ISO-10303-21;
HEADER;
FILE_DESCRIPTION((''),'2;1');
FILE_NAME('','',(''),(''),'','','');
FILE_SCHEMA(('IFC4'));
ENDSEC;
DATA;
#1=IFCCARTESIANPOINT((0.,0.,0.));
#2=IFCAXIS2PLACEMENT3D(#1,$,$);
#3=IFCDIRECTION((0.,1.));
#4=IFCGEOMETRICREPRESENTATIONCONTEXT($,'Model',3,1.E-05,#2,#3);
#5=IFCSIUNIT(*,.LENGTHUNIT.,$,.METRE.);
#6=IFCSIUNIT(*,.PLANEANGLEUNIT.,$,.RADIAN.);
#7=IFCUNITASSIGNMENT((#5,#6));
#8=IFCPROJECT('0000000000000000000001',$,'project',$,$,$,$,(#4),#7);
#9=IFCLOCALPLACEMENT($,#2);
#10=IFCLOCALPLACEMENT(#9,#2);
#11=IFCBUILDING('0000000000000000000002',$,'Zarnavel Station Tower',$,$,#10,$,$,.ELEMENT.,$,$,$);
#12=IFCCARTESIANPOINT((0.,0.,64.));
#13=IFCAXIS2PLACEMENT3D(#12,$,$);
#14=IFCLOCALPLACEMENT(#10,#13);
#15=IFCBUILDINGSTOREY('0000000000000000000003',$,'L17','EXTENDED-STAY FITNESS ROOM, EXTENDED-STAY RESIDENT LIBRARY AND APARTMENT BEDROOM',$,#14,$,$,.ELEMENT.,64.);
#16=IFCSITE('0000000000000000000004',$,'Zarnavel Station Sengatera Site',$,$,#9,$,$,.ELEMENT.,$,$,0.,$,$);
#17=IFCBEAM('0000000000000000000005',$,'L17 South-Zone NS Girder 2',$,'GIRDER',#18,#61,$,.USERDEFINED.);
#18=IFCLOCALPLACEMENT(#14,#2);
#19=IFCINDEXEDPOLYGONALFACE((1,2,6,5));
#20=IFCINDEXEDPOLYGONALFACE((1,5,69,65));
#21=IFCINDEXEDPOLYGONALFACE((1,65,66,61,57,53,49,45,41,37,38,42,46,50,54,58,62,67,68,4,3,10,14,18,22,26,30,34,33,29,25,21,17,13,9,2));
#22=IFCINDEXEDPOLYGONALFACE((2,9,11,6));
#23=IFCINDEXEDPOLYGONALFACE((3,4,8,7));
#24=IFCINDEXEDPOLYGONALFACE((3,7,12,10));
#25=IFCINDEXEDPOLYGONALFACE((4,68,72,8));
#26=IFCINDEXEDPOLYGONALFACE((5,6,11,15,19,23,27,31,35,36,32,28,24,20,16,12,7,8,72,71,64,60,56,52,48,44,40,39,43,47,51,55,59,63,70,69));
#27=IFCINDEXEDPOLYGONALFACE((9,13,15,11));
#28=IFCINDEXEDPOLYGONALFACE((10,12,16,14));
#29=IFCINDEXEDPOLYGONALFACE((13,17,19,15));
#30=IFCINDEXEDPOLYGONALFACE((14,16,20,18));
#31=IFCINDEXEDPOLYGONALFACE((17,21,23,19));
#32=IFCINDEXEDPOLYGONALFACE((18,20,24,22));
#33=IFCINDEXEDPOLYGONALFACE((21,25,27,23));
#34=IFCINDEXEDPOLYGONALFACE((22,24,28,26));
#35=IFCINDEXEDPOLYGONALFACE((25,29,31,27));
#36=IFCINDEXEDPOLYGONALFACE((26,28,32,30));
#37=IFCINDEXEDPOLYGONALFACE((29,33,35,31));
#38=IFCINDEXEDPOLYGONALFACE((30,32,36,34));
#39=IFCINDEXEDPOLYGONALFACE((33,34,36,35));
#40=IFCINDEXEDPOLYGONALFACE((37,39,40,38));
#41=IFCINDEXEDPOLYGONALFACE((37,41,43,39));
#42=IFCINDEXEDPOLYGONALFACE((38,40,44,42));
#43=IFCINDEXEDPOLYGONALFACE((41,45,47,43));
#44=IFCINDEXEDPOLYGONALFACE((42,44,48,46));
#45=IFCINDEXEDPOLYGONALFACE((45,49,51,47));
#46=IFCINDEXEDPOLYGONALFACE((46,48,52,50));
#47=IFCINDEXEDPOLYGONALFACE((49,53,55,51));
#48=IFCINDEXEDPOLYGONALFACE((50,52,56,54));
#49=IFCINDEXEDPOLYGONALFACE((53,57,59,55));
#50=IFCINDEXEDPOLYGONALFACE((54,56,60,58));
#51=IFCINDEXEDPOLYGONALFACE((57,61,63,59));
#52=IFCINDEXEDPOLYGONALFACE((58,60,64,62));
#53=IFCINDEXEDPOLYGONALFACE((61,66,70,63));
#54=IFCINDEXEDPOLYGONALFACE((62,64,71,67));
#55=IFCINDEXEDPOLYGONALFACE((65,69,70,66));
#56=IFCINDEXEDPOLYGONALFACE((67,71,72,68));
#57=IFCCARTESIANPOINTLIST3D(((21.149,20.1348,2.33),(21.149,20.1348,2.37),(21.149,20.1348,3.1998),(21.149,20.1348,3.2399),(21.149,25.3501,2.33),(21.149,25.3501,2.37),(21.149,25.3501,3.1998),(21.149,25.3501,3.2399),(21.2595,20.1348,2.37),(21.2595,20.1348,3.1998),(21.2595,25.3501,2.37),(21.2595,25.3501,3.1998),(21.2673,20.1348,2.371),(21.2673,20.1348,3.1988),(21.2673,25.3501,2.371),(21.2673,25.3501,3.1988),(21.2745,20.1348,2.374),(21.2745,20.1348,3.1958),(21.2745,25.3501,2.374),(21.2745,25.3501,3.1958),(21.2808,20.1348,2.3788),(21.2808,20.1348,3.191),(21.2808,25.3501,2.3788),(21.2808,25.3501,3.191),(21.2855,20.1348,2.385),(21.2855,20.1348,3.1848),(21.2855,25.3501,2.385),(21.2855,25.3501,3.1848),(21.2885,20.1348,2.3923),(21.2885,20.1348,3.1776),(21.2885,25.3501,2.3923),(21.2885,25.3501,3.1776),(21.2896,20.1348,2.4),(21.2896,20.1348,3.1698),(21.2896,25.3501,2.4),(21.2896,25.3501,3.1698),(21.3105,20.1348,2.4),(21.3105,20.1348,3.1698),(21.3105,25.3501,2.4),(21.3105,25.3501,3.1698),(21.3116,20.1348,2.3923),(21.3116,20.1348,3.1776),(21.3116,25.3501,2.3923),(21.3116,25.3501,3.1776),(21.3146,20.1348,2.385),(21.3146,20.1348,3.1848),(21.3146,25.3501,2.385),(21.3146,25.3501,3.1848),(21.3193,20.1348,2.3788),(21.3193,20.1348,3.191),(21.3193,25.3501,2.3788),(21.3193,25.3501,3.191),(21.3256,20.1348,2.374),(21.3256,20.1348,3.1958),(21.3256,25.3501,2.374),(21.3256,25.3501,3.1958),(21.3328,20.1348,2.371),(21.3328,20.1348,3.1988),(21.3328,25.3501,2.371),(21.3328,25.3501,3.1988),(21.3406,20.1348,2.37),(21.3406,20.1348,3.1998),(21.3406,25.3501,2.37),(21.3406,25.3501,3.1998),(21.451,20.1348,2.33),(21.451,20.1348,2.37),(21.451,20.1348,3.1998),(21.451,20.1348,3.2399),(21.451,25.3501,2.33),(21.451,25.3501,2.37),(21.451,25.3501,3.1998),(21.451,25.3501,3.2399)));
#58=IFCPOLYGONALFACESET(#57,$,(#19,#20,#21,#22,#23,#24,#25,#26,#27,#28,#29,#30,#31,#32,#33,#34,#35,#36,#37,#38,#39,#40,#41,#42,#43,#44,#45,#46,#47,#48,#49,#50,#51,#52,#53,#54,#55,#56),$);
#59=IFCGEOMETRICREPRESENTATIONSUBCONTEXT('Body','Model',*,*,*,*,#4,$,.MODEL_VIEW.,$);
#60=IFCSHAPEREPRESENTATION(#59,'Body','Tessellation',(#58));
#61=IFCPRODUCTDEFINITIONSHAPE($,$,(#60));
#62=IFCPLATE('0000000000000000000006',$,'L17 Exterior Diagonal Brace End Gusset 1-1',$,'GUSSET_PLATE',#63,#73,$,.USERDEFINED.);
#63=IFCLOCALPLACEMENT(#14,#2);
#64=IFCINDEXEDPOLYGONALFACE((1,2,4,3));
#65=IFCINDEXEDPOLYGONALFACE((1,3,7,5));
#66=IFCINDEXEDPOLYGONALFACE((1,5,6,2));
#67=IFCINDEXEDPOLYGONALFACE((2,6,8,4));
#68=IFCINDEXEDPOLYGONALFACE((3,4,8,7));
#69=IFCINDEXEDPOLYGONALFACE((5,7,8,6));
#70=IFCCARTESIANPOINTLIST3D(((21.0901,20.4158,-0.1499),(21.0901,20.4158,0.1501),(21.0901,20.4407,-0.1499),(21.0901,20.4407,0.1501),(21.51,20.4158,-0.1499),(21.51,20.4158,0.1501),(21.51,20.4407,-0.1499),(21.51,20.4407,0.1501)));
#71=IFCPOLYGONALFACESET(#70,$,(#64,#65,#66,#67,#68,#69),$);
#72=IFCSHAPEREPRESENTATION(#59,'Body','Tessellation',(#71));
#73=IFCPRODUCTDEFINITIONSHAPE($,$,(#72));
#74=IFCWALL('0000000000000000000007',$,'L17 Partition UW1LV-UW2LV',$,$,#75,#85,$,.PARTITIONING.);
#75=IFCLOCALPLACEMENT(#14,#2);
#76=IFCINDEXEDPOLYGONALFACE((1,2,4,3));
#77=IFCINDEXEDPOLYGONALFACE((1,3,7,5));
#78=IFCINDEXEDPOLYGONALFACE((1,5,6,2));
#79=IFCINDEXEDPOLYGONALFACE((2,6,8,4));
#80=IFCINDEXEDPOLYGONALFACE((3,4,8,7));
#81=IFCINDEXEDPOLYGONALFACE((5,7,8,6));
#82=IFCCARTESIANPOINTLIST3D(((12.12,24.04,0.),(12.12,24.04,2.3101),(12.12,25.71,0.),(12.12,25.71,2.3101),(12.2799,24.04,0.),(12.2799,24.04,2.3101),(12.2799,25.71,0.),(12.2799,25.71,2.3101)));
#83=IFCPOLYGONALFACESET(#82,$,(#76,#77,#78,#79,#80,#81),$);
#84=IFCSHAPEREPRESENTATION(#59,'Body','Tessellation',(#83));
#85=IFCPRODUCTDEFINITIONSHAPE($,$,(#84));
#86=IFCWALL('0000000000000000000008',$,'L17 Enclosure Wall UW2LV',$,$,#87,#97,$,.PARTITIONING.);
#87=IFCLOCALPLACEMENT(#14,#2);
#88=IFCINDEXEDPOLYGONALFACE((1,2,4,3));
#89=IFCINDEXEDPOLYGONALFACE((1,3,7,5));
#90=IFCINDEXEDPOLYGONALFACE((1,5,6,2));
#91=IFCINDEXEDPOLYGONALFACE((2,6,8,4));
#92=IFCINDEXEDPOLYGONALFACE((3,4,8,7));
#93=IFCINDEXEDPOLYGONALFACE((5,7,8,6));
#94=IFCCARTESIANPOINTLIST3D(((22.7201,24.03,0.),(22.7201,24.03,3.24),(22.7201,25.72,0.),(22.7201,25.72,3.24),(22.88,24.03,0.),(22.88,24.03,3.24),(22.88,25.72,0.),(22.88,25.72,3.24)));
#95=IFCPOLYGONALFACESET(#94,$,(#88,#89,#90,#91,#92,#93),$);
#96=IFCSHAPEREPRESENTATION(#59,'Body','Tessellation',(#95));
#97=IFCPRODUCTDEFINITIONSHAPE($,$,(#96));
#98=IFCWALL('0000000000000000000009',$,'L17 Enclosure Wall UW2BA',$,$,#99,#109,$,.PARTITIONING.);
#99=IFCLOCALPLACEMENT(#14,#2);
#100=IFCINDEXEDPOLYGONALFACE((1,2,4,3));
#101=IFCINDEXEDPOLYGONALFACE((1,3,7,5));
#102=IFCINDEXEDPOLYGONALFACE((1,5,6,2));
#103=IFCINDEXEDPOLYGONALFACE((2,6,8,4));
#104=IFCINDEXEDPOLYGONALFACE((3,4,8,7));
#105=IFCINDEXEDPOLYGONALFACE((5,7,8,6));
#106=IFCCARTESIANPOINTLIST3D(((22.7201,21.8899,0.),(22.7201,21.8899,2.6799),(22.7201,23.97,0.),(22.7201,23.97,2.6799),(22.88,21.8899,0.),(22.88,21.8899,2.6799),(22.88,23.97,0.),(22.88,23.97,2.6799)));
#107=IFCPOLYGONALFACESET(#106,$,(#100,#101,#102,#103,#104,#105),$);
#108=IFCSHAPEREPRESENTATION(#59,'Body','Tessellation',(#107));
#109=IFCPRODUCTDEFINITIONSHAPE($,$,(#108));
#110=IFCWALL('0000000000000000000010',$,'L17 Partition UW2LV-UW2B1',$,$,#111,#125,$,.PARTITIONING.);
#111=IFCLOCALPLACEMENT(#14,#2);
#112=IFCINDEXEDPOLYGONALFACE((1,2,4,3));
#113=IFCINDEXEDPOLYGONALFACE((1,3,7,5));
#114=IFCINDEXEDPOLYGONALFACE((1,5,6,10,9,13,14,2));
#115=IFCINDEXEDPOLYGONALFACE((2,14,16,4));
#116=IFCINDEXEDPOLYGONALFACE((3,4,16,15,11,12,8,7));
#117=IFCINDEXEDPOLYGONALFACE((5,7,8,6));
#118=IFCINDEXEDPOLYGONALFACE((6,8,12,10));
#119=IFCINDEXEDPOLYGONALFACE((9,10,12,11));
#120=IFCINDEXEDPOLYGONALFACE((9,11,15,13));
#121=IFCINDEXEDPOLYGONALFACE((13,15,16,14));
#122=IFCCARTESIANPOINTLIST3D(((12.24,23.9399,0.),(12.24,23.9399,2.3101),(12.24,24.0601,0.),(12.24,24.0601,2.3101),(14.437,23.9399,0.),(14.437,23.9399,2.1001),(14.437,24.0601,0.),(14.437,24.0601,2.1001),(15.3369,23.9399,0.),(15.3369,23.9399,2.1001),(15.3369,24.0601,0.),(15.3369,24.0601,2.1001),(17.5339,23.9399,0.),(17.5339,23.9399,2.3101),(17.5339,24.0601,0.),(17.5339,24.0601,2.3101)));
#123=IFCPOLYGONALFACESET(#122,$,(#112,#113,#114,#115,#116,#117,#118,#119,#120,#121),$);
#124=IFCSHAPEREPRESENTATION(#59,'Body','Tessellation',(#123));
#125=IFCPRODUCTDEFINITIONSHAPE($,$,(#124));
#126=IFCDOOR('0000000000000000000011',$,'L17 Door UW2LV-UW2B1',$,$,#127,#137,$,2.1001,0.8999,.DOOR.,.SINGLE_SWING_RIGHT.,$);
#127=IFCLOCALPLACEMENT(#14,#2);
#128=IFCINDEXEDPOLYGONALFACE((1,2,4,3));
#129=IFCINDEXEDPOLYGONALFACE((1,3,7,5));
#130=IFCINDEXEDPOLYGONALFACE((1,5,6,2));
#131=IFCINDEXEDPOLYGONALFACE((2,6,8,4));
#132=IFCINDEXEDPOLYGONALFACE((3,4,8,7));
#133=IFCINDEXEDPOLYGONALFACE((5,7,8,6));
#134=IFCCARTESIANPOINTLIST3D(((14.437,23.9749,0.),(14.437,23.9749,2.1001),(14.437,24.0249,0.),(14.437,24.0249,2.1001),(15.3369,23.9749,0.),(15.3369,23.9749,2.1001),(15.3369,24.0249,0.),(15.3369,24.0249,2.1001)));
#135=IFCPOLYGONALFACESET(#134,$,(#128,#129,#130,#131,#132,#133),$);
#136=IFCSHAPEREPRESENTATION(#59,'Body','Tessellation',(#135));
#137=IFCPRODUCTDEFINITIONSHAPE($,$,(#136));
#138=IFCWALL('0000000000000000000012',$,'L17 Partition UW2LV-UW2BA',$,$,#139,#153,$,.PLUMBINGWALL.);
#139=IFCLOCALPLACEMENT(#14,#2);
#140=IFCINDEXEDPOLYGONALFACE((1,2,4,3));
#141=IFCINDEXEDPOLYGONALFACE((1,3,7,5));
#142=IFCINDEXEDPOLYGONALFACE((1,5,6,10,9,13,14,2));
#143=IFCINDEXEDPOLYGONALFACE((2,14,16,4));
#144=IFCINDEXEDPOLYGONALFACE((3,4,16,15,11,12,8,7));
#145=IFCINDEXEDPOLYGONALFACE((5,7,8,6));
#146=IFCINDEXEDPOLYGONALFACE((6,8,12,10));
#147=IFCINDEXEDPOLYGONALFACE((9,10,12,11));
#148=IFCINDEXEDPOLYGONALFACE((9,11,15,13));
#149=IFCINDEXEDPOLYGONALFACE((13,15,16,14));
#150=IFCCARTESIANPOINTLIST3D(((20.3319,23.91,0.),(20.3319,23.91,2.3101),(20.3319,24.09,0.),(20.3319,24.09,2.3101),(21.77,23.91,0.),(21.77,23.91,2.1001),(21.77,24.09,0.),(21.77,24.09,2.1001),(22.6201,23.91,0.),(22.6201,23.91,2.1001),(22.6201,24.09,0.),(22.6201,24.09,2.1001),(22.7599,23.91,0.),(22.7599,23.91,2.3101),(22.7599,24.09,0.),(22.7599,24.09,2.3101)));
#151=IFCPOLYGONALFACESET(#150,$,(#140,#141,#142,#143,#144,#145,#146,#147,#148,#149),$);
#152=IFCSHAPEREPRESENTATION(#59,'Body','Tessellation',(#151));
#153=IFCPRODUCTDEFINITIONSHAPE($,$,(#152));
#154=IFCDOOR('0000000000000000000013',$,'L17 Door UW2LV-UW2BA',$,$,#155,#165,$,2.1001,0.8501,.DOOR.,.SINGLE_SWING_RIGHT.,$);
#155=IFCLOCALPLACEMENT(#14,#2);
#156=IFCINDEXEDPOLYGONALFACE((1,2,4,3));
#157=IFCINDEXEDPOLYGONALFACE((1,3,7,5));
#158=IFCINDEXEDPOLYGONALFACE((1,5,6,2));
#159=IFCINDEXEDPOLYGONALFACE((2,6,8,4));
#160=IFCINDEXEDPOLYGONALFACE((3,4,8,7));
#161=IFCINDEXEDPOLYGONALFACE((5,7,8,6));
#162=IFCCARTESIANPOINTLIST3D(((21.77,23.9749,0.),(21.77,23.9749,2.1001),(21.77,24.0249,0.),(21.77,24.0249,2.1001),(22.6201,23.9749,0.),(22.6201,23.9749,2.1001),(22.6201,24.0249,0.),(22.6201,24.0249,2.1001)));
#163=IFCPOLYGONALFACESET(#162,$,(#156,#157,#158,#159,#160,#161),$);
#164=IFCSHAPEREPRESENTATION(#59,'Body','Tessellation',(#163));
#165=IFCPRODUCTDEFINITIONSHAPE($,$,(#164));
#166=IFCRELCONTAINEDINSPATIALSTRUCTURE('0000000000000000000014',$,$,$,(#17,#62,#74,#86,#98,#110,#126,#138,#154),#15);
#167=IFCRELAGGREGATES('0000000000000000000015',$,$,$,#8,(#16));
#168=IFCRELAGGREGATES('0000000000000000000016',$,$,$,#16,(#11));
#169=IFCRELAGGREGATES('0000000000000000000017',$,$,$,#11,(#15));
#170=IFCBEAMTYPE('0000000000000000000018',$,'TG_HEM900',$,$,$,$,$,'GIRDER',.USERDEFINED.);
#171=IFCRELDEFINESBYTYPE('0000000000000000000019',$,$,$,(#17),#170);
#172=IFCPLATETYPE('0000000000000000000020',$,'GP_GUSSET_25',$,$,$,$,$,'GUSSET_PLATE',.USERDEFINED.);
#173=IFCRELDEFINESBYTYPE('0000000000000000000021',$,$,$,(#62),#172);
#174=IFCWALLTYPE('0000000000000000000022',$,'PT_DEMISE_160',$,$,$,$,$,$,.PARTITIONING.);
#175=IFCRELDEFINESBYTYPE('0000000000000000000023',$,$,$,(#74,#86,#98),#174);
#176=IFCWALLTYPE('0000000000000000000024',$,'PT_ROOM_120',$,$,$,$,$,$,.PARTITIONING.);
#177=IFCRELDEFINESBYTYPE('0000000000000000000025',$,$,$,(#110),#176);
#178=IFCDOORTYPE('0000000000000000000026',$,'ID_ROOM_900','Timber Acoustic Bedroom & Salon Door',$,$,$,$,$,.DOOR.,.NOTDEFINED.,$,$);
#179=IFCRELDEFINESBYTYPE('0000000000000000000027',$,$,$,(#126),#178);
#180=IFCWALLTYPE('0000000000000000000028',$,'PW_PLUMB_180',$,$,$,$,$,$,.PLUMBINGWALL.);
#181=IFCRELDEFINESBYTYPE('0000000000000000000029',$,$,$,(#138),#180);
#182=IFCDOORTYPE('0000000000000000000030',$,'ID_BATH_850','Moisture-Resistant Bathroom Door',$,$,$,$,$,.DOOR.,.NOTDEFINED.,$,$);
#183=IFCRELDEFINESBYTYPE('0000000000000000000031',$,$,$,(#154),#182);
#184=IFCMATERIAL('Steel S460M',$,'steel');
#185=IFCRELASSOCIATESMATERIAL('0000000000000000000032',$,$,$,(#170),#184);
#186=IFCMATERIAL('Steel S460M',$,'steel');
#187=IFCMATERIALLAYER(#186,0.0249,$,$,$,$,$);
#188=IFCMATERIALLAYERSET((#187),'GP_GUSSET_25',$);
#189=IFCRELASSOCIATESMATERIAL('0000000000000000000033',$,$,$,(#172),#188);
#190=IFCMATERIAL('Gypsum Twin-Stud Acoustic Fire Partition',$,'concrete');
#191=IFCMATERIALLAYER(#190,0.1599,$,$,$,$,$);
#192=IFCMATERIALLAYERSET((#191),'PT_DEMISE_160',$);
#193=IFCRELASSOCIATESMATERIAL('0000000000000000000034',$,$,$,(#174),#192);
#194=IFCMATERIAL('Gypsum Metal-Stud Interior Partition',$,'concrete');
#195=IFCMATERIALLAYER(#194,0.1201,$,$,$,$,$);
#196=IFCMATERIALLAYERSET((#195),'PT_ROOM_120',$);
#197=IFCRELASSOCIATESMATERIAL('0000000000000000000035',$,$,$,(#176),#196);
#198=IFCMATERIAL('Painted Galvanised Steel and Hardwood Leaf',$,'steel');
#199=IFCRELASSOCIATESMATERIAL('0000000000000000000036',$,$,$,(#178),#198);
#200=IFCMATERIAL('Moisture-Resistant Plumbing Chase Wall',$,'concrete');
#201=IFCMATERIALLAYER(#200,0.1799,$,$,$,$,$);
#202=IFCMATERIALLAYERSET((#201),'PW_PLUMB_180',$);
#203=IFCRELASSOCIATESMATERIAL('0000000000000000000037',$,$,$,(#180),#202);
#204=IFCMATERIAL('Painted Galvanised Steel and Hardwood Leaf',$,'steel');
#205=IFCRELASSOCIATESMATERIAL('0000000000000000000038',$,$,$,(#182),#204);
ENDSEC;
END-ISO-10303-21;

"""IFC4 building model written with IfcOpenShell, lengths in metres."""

from ifc_helpers import new_model, si_unit, direction, frame, frame_2d, origin, origin_2d, place, context, subcontext, project, spatial, rectangle, i_section, extrude, material, layer, layer_set, material_profile, profile_set, type_object, element, fill, save


model = new_model("IFC4")

# Units and contexts
model_context = context("Model", 3, precision=1e-05, world=origin(), true_north=direction((0.0, 1.0)))
body_context = subcontext(model_context, "Body", "Model", "MODEL_VIEW")
ifc_project = project(units=[si_unit("LENGTHUNIT", "METRE"), si_unit("PLANEANGLEUNIT", "RADIAN")], contexts=[model_context])

# Site, building, storey
site_placement = place(None, origin())
site = spatial("IfcSite", under=ifc_project, at=site_placement, Name="Zarnavel Station Sengatera Site", CompositionType="ELEMENT", RefElevation=0.0)
building_placement = place(site_placement, origin())
building = spatial("IfcBuilding", under=site, at=building_placement, Name="Zarnavel Station Tower", CompositionType="ELEMENT")
storey_placement = place(building_placement, frame((0.0, 0.0, 64.0)))
storey = spatial("IfcBuildingStorey", under=building, at=storey_placement, Name="L17", Description="EXTENDED-STAY FITNESS ROOM, EXTENDED-STAY RESIDENT LIBRARY AND APARTMENT BEDROOM", CompositionType="ELEMENT", Elevation=64.0)

# Beam
ifc_material_1 = material(Name="Steel S460M", Category="steel")
ifc_material_profile_1 = material_profile(ifc_material_1, i_section(OverallWidth=0.302, OverallDepth=0.9099, WebThickness=0.021, FlangeThickness=0.04, FilletRadius=0.03, at=origin_2d()), Name="HEM900")
ifc_profile_set_1 = profile_set([ifc_material_profile_1], Name="Steel S460M")
beam_type_1 = type_object("IfcBeamType", Name="TG_HEM900", ElementType="GIRDER", PredefinedType="USERDEFINED", material=ifc_profile_set_1)
beam_1_placement = place(storey_placement, frame((21.3, 20.1348, 2.7849), z_axis=(0.0, 1.0, 0.0), x_axis=(-1.0, 0.0, 0.0)))
element("IfcBeam", 1, at=beam_1_placement, inside=storey, type_object=beam_type_1, Name="L17 South-Zone NS Girder 2", ObjectType="GIRDER", PredefinedType="USERDEFINED", context=body_context, shape_type="SweptSolid", body=[
    extrude(i_section(OverallWidth=0.302, OverallDepth=0.9099, WebThickness=0.021, FlangeThickness=0.04, FilletRadius=0.03, at=origin_2d()), origin(), (0.0, 0.0, 1.0), 5.2153),
])

# Plate
ifc_material_2 = material(Name="Steel S460M", Category="steel")
ifc_layer_1 = layer(ifc_material_2, 0.0249)
ifc_layer_set_1 = layer_set([ifc_layer_1], Name="GP_GUSSET_25")
plate_type = type_object("IfcPlateType", Name="GP_GUSSET_25", ElementType="GUSSET_PLATE", PredefinedType="USERDEFINED", material=ifc_layer_set_1)
plate_placement = place(storey_placement, frame((21.3, 20.4282, -0.1499), z_axis=(0.0, 0.0, 1.0), x_axis=(1.0, 0.0, 0.0)))
element("IfcPlate", 2, at=plate_placement, inside=storey, type_object=plate_type, Name="L17 Exterior Diagonal Brace End Gusset 1-1", ObjectType="GUSSET_PLATE", PredefinedType="USERDEFINED", context=body_context, shape_type="SweptSolid", body=[
    extrude(rectangle(XDim=0.4199, YDim=0.0249, at=origin_2d()), origin(), (0.0, 0.0, 1.0), 0.3),
])

# Walls
ifc_material_3 = material(Name="Gypsum Twin-Stud Acoustic Fire Partition", Category="concrete")
ifc_layer_2 = layer(ifc_material_3, 0.1599)
ifc_layer_set_2 = layer_set([ifc_layer_2], Name="PT_DEMISE_160")
wall_type_1 = type_object("IfcWallType", Name="PT_DEMISE_160", PredefinedType="PARTITIONING", material=ifc_layer_set_2)
wall_1_placement = place(storey_placement, frame((12.2, 24.04, 0.0), z_axis=(0.0, 0.0, 1.0), x_axis=(0.0, 1.0, 0.0)))
element("IfcWall", 3, at=wall_1_placement, inside=storey, type_object=wall_type_1, Name="L17 Partition UW1LV-UW2LV", PredefinedType="PARTITIONING", context=body_context, shape_type="SweptSolid", body=[
    extrude(rectangle(XDim=1.6699, YDim=0.1599, at=frame_2d((0.835, 0.0))), origin(), (0.0, 0.0, 1.0), 2.3101),
])
wall_2_placement = place(storey_placement, frame((22.8, 24.03, 0.0), z_axis=(0.0, 0.0, 1.0), x_axis=(0.0, 1.0, 0.0)))
element("IfcWall", 4, at=wall_2_placement, inside=storey, type_object=wall_type_1, Name="L17 Enclosure Wall UW2LV", PredefinedType="PARTITIONING", context=body_context, shape_type="SweptSolid", body=[
    extrude(rectangle(XDim=1.6899, YDim=0.1599, at=frame_2d((0.845, 0.0))), origin(), (0.0, 0.0, 1.0), 3.24),
])
wall_3_placement = place(storey_placement, frame((22.8, 21.8899, 0.0), z_axis=(0.0, 0.0, 1.0), x_axis=(0.0, 1.0, 0.0)))
element("IfcWall", 5, at=wall_3_placement, inside=storey, type_object=wall_type_1, Name="L17 Enclosure Wall UW2BA", PredefinedType="PARTITIONING", context=body_context, shape_type="SweptSolid", body=[
    extrude(rectangle(XDim=2.0801, YDim=0.1599, at=frame_2d((1.04, 0.0))), origin(), (0.0, 0.0, 1.0), 2.6799),
])

# Walls, openings, doors
ifc_material_4 = material(Name="Gypsum Metal-Stud Interior Partition", Category="concrete")
ifc_layer_3 = layer(ifc_material_4, 0.1201)
ifc_layer_set_3 = layer_set([ifc_layer_3], Name="PT_ROOM_120")
wall_type_2 = type_object("IfcWallType", Name="PT_ROOM_120", PredefinedType="PARTITIONING", material=ifc_layer_set_3)
wall_4_placement = place(storey_placement, frame((12.24, 24.0, 0.0), z_axis=(0.0, 0.0, 1.0), x_axis=(1.0, 0.0, 0.0)))
wall_4 = element("IfcWall", 6, at=wall_4_placement, inside=storey, type_object=wall_type_2, Name="L17 Partition UW2LV-UW2B1", PredefinedType="PARTITIONING", context=body_context, shape_type="SweptSolid", body=[
    extrude(rectangle(XDim=5.2939, YDim=0.1201, at=frame_2d((2.647, 0.0))), origin(), (0.0, 0.0, 1.0), 2.3101),
])
opening_1_placement = place(wall_4_placement, frame((2.197, 0.0, 0.0)))
opening_1 = element("IfcOpeningElement", 7, at=opening_1_placement, cuts=wall_4, PredefinedType="OPENING", context=body_context, shape_type="SweptSolid", body=[
    extrude(rectangle(XDim=0.8999, YDim=2.1001, at=frame_2d((0.45, 1.05))), frame((0.0, 0.0701, 0.0), z_axis=(0.0, -1.0, 0.0), x_axis=(1.0, 0.0, 0.0)), (0.0, 0.0, 1.0), 0.1401),
])
ifc_material_5 = material(Name="Painted Galvanised Steel and Hardwood Leaf", Category="steel")
door_type_1 = type_object("IfcDoorType", Name="ID_ROOM_900", Description="Timber Acoustic Bedroom & Salon Door", OperationType="NOTDEFINED", PredefinedType="DOOR", material=ifc_material_5)
door_1_placement = place(opening_1_placement, origin())
door_1 = element("IfcDoor", 8, at=door_1_placement, inside=storey, type_object=door_type_1, Name="L17 Door UW2LV-UW2B1", OperationType="SINGLE_SWING_RIGHT", OverallHeight=2.1001, OverallWidth=0.8999, PredefinedType="DOOR", context=body_context, shape_type="SweptSolid", body=[
    extrude(rectangle(XDim=0.8999, YDim=2.1001, at=frame_2d((0.45, 1.05))), frame((0.0, 0.0249, 0.0), z_axis=(0.0, -1.0, 0.0), x_axis=(1.0, 0.0, 0.0)), (0.0, 0.0, 1.0), 0.05),
])
fill(opening_1, door_1)
ifc_material_6 = material(Name="Moisture-Resistant Plumbing Chase Wall", Category="concrete")
ifc_layer_4 = layer(ifc_material_6, 0.1799)
ifc_layer_set_4 = layer_set([ifc_layer_4], Name="PW_PLUMB_180")
wall_type_3 = type_object("IfcWallType", Name="PW_PLUMB_180", PredefinedType="PLUMBINGWALL", material=ifc_layer_set_4)
wall_5_placement = place(storey_placement, frame((20.332, 24.0, 0.0), z_axis=(0.0, 0.0, 1.0), x_axis=(1.0, 0.0, 0.0)))
wall_5 = element("IfcWall", 9, at=wall_5_placement, inside=storey, type_object=wall_type_3, Name="L17 Partition UW2LV-UW2BA", PredefinedType="PLUMBINGWALL", context=body_context, shape_type="SweptSolid", body=[
    extrude(rectangle(XDim=2.428, YDim=0.1799, at=frame_2d((1.2139, 0.0))), origin(), (0.0, 0.0, 1.0), 2.3101),
])
opening_2_placement = place(wall_5_placement, frame((1.438, 0.0, 0.0)))
opening_2 = element("IfcOpeningElement", 10, at=opening_2_placement, cuts=wall_5, PredefinedType="OPENING", context=body_context, shape_type="SweptSolid", body=[
    extrude(rectangle(XDim=0.8501, YDim=2.1001, at=frame_2d((0.425, 1.05))), frame((0.0, 0.0999, 0.0), z_axis=(0.0, -1.0, 0.0), x_axis=(1.0, 0.0, 0.0)), (0.0, 0.0, 1.0), 0.2),
])
ifc_material_7 = material(Name="Painted Galvanised Steel and Hardwood Leaf", Category="steel")
door_type_2 = type_object("IfcDoorType", Name="ID_BATH_850", Description="Moisture-Resistant Bathroom Door", OperationType="NOTDEFINED", PredefinedType="DOOR", material=ifc_material_7)
door_2_placement = place(opening_2_placement, origin())
door_2 = element("IfcDoor", 11, at=door_2_placement, inside=storey, type_object=door_type_2, Name="L17 Door UW2LV-UW2BA", OperationType="SINGLE_SWING_RIGHT", OverallHeight=2.1001, OverallWidth=0.8501, PredefinedType="DOOR", context=body_context, shape_type="SweptSolid", body=[
    extrude(rectangle(XDim=0.8501, YDim=2.1001, at=frame_2d((0.425, 1.05))), frame((0.0, 0.0249, 0.0), z_axis=(0.0, -1.0, 0.0), x_axis=(1.0, 0.0, 0.0)), (0.0, 0.0, 1.0), 0.05),
])
fill(opening_2, door_2)

save(model, "model.ifc")
